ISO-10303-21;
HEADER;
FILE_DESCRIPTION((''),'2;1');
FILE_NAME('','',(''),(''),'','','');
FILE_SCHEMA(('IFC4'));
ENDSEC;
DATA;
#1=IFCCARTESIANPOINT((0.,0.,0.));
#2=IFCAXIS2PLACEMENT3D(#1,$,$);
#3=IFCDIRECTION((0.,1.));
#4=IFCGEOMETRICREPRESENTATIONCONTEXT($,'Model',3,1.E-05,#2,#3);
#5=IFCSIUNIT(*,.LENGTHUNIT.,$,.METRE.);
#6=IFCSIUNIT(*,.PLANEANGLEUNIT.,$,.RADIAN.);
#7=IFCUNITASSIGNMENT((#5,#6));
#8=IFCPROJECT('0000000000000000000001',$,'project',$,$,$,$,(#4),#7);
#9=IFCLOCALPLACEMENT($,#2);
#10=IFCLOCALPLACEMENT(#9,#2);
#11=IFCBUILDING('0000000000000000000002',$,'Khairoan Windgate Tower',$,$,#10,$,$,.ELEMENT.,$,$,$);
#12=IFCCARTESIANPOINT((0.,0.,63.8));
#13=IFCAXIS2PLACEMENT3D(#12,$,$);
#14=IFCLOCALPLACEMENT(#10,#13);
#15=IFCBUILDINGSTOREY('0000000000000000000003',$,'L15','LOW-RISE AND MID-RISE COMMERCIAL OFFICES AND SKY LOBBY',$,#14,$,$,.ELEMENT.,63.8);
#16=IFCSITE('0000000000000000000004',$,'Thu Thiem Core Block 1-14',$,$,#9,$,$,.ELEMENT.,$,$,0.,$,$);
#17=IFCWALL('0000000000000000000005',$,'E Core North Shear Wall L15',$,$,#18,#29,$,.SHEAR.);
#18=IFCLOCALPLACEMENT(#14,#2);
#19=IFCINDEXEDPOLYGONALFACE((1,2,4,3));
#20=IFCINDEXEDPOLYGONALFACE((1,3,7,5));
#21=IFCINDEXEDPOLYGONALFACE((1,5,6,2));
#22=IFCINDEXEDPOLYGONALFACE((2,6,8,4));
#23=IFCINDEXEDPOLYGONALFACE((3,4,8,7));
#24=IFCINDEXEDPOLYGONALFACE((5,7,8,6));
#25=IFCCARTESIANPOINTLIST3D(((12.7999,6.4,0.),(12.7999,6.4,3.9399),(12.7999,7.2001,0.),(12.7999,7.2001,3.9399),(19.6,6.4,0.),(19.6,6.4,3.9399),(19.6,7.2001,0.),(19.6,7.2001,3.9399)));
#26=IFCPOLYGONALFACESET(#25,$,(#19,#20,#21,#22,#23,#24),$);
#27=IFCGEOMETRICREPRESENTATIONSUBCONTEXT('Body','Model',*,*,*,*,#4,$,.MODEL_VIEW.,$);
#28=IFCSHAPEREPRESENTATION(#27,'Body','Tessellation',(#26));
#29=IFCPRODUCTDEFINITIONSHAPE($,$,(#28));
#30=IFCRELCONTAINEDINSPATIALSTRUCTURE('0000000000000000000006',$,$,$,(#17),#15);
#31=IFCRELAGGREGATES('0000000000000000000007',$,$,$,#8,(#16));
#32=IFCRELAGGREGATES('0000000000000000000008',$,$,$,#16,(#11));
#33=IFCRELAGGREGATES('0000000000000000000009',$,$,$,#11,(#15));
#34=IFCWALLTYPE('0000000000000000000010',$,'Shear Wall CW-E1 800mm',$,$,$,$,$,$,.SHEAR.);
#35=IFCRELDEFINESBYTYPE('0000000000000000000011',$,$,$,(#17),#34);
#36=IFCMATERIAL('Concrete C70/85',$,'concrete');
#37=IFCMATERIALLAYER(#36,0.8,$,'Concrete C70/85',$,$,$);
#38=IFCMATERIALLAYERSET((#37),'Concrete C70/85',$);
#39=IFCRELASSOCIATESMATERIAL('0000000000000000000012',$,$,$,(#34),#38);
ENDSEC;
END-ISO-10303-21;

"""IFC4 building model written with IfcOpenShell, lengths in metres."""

from ifc_helpers import new_model, si_unit, direction, frame, frame_2d, origin, place, context, subcontext, project, spatial, rectangle, extrude, material, layer, layer_set, type_object, element, save


model = new_model("IFC4")

# Units and contexts
model_context = context("Model", 3, precision=1e-05, world=origin(), true_north=direction((0.0, 1.0)))
body_context = subcontext(model_context, "Body", "Model", "MODEL_VIEW")
ifc_project = project(units=[si_unit("LENGTHUNIT", "METRE"), si_unit("PLANEANGLEUNIT", "RADIAN")], contexts=[model_context])

# Site, building, storey
site_placement = place(None, origin())
site = spatial("IfcSite", under=ifc_project, at=site_placement, Name="Thu Thiem Core Block 1-14", CompositionType="ELEMENT", RefElevation=0.0)
building_placement = place(site_placement, origin())
building = spatial("IfcBuilding", under=site, at=building_placement, Name="Khairoan Windgate Tower", CompositionType="ELEMENT")
storey_placement = place(building_placement, frame((0.0, 0.0, 63.8)))
storey = spatial("IfcBuildingStorey", under=building, at=storey_placement, Name="L15", Description="LOW-RISE AND MID-RISE COMMERCIAL OFFICES AND SKY LOBBY", CompositionType="ELEMENT", Elevation=63.8)

# Wall
ifc_material_1 = material(Name="Concrete C70/85", Category="concrete")
ifc_layer_1 = layer(ifc_material_1, 0.8, Name="Concrete C70/85")
ifc_layer_set_1 = layer_set([ifc_layer_1], Name="Concrete C70/85")
wall_type_1 = type_object("IfcWallType", Name="Shear Wall CW-E1 800mm", PredefinedType="SHEAR", material=ifc_layer_set_1)
wall_1_placement = place(storey_placement, frame((12.8, 6.8, 0.0), z_axis=(0.0, 0.0, 1.0), x_axis=(1.0, 0.0, 0.0)))
element("IfcWall", 1, at=wall_1_placement, inside=storey, type_object=wall_type_1, Name="E Core North Shear Wall L15", PredefinedType="SHEAR", context=body_context, shape_type="SweptSolid", body=[
    extrude(rectangle(XDim=6.8, YDim=0.8, at=frame_2d((3.3999, 0.0))), origin(), (0.0, 0.0, 1.0), 3.9399),
])

save(model, "model.ifc")
